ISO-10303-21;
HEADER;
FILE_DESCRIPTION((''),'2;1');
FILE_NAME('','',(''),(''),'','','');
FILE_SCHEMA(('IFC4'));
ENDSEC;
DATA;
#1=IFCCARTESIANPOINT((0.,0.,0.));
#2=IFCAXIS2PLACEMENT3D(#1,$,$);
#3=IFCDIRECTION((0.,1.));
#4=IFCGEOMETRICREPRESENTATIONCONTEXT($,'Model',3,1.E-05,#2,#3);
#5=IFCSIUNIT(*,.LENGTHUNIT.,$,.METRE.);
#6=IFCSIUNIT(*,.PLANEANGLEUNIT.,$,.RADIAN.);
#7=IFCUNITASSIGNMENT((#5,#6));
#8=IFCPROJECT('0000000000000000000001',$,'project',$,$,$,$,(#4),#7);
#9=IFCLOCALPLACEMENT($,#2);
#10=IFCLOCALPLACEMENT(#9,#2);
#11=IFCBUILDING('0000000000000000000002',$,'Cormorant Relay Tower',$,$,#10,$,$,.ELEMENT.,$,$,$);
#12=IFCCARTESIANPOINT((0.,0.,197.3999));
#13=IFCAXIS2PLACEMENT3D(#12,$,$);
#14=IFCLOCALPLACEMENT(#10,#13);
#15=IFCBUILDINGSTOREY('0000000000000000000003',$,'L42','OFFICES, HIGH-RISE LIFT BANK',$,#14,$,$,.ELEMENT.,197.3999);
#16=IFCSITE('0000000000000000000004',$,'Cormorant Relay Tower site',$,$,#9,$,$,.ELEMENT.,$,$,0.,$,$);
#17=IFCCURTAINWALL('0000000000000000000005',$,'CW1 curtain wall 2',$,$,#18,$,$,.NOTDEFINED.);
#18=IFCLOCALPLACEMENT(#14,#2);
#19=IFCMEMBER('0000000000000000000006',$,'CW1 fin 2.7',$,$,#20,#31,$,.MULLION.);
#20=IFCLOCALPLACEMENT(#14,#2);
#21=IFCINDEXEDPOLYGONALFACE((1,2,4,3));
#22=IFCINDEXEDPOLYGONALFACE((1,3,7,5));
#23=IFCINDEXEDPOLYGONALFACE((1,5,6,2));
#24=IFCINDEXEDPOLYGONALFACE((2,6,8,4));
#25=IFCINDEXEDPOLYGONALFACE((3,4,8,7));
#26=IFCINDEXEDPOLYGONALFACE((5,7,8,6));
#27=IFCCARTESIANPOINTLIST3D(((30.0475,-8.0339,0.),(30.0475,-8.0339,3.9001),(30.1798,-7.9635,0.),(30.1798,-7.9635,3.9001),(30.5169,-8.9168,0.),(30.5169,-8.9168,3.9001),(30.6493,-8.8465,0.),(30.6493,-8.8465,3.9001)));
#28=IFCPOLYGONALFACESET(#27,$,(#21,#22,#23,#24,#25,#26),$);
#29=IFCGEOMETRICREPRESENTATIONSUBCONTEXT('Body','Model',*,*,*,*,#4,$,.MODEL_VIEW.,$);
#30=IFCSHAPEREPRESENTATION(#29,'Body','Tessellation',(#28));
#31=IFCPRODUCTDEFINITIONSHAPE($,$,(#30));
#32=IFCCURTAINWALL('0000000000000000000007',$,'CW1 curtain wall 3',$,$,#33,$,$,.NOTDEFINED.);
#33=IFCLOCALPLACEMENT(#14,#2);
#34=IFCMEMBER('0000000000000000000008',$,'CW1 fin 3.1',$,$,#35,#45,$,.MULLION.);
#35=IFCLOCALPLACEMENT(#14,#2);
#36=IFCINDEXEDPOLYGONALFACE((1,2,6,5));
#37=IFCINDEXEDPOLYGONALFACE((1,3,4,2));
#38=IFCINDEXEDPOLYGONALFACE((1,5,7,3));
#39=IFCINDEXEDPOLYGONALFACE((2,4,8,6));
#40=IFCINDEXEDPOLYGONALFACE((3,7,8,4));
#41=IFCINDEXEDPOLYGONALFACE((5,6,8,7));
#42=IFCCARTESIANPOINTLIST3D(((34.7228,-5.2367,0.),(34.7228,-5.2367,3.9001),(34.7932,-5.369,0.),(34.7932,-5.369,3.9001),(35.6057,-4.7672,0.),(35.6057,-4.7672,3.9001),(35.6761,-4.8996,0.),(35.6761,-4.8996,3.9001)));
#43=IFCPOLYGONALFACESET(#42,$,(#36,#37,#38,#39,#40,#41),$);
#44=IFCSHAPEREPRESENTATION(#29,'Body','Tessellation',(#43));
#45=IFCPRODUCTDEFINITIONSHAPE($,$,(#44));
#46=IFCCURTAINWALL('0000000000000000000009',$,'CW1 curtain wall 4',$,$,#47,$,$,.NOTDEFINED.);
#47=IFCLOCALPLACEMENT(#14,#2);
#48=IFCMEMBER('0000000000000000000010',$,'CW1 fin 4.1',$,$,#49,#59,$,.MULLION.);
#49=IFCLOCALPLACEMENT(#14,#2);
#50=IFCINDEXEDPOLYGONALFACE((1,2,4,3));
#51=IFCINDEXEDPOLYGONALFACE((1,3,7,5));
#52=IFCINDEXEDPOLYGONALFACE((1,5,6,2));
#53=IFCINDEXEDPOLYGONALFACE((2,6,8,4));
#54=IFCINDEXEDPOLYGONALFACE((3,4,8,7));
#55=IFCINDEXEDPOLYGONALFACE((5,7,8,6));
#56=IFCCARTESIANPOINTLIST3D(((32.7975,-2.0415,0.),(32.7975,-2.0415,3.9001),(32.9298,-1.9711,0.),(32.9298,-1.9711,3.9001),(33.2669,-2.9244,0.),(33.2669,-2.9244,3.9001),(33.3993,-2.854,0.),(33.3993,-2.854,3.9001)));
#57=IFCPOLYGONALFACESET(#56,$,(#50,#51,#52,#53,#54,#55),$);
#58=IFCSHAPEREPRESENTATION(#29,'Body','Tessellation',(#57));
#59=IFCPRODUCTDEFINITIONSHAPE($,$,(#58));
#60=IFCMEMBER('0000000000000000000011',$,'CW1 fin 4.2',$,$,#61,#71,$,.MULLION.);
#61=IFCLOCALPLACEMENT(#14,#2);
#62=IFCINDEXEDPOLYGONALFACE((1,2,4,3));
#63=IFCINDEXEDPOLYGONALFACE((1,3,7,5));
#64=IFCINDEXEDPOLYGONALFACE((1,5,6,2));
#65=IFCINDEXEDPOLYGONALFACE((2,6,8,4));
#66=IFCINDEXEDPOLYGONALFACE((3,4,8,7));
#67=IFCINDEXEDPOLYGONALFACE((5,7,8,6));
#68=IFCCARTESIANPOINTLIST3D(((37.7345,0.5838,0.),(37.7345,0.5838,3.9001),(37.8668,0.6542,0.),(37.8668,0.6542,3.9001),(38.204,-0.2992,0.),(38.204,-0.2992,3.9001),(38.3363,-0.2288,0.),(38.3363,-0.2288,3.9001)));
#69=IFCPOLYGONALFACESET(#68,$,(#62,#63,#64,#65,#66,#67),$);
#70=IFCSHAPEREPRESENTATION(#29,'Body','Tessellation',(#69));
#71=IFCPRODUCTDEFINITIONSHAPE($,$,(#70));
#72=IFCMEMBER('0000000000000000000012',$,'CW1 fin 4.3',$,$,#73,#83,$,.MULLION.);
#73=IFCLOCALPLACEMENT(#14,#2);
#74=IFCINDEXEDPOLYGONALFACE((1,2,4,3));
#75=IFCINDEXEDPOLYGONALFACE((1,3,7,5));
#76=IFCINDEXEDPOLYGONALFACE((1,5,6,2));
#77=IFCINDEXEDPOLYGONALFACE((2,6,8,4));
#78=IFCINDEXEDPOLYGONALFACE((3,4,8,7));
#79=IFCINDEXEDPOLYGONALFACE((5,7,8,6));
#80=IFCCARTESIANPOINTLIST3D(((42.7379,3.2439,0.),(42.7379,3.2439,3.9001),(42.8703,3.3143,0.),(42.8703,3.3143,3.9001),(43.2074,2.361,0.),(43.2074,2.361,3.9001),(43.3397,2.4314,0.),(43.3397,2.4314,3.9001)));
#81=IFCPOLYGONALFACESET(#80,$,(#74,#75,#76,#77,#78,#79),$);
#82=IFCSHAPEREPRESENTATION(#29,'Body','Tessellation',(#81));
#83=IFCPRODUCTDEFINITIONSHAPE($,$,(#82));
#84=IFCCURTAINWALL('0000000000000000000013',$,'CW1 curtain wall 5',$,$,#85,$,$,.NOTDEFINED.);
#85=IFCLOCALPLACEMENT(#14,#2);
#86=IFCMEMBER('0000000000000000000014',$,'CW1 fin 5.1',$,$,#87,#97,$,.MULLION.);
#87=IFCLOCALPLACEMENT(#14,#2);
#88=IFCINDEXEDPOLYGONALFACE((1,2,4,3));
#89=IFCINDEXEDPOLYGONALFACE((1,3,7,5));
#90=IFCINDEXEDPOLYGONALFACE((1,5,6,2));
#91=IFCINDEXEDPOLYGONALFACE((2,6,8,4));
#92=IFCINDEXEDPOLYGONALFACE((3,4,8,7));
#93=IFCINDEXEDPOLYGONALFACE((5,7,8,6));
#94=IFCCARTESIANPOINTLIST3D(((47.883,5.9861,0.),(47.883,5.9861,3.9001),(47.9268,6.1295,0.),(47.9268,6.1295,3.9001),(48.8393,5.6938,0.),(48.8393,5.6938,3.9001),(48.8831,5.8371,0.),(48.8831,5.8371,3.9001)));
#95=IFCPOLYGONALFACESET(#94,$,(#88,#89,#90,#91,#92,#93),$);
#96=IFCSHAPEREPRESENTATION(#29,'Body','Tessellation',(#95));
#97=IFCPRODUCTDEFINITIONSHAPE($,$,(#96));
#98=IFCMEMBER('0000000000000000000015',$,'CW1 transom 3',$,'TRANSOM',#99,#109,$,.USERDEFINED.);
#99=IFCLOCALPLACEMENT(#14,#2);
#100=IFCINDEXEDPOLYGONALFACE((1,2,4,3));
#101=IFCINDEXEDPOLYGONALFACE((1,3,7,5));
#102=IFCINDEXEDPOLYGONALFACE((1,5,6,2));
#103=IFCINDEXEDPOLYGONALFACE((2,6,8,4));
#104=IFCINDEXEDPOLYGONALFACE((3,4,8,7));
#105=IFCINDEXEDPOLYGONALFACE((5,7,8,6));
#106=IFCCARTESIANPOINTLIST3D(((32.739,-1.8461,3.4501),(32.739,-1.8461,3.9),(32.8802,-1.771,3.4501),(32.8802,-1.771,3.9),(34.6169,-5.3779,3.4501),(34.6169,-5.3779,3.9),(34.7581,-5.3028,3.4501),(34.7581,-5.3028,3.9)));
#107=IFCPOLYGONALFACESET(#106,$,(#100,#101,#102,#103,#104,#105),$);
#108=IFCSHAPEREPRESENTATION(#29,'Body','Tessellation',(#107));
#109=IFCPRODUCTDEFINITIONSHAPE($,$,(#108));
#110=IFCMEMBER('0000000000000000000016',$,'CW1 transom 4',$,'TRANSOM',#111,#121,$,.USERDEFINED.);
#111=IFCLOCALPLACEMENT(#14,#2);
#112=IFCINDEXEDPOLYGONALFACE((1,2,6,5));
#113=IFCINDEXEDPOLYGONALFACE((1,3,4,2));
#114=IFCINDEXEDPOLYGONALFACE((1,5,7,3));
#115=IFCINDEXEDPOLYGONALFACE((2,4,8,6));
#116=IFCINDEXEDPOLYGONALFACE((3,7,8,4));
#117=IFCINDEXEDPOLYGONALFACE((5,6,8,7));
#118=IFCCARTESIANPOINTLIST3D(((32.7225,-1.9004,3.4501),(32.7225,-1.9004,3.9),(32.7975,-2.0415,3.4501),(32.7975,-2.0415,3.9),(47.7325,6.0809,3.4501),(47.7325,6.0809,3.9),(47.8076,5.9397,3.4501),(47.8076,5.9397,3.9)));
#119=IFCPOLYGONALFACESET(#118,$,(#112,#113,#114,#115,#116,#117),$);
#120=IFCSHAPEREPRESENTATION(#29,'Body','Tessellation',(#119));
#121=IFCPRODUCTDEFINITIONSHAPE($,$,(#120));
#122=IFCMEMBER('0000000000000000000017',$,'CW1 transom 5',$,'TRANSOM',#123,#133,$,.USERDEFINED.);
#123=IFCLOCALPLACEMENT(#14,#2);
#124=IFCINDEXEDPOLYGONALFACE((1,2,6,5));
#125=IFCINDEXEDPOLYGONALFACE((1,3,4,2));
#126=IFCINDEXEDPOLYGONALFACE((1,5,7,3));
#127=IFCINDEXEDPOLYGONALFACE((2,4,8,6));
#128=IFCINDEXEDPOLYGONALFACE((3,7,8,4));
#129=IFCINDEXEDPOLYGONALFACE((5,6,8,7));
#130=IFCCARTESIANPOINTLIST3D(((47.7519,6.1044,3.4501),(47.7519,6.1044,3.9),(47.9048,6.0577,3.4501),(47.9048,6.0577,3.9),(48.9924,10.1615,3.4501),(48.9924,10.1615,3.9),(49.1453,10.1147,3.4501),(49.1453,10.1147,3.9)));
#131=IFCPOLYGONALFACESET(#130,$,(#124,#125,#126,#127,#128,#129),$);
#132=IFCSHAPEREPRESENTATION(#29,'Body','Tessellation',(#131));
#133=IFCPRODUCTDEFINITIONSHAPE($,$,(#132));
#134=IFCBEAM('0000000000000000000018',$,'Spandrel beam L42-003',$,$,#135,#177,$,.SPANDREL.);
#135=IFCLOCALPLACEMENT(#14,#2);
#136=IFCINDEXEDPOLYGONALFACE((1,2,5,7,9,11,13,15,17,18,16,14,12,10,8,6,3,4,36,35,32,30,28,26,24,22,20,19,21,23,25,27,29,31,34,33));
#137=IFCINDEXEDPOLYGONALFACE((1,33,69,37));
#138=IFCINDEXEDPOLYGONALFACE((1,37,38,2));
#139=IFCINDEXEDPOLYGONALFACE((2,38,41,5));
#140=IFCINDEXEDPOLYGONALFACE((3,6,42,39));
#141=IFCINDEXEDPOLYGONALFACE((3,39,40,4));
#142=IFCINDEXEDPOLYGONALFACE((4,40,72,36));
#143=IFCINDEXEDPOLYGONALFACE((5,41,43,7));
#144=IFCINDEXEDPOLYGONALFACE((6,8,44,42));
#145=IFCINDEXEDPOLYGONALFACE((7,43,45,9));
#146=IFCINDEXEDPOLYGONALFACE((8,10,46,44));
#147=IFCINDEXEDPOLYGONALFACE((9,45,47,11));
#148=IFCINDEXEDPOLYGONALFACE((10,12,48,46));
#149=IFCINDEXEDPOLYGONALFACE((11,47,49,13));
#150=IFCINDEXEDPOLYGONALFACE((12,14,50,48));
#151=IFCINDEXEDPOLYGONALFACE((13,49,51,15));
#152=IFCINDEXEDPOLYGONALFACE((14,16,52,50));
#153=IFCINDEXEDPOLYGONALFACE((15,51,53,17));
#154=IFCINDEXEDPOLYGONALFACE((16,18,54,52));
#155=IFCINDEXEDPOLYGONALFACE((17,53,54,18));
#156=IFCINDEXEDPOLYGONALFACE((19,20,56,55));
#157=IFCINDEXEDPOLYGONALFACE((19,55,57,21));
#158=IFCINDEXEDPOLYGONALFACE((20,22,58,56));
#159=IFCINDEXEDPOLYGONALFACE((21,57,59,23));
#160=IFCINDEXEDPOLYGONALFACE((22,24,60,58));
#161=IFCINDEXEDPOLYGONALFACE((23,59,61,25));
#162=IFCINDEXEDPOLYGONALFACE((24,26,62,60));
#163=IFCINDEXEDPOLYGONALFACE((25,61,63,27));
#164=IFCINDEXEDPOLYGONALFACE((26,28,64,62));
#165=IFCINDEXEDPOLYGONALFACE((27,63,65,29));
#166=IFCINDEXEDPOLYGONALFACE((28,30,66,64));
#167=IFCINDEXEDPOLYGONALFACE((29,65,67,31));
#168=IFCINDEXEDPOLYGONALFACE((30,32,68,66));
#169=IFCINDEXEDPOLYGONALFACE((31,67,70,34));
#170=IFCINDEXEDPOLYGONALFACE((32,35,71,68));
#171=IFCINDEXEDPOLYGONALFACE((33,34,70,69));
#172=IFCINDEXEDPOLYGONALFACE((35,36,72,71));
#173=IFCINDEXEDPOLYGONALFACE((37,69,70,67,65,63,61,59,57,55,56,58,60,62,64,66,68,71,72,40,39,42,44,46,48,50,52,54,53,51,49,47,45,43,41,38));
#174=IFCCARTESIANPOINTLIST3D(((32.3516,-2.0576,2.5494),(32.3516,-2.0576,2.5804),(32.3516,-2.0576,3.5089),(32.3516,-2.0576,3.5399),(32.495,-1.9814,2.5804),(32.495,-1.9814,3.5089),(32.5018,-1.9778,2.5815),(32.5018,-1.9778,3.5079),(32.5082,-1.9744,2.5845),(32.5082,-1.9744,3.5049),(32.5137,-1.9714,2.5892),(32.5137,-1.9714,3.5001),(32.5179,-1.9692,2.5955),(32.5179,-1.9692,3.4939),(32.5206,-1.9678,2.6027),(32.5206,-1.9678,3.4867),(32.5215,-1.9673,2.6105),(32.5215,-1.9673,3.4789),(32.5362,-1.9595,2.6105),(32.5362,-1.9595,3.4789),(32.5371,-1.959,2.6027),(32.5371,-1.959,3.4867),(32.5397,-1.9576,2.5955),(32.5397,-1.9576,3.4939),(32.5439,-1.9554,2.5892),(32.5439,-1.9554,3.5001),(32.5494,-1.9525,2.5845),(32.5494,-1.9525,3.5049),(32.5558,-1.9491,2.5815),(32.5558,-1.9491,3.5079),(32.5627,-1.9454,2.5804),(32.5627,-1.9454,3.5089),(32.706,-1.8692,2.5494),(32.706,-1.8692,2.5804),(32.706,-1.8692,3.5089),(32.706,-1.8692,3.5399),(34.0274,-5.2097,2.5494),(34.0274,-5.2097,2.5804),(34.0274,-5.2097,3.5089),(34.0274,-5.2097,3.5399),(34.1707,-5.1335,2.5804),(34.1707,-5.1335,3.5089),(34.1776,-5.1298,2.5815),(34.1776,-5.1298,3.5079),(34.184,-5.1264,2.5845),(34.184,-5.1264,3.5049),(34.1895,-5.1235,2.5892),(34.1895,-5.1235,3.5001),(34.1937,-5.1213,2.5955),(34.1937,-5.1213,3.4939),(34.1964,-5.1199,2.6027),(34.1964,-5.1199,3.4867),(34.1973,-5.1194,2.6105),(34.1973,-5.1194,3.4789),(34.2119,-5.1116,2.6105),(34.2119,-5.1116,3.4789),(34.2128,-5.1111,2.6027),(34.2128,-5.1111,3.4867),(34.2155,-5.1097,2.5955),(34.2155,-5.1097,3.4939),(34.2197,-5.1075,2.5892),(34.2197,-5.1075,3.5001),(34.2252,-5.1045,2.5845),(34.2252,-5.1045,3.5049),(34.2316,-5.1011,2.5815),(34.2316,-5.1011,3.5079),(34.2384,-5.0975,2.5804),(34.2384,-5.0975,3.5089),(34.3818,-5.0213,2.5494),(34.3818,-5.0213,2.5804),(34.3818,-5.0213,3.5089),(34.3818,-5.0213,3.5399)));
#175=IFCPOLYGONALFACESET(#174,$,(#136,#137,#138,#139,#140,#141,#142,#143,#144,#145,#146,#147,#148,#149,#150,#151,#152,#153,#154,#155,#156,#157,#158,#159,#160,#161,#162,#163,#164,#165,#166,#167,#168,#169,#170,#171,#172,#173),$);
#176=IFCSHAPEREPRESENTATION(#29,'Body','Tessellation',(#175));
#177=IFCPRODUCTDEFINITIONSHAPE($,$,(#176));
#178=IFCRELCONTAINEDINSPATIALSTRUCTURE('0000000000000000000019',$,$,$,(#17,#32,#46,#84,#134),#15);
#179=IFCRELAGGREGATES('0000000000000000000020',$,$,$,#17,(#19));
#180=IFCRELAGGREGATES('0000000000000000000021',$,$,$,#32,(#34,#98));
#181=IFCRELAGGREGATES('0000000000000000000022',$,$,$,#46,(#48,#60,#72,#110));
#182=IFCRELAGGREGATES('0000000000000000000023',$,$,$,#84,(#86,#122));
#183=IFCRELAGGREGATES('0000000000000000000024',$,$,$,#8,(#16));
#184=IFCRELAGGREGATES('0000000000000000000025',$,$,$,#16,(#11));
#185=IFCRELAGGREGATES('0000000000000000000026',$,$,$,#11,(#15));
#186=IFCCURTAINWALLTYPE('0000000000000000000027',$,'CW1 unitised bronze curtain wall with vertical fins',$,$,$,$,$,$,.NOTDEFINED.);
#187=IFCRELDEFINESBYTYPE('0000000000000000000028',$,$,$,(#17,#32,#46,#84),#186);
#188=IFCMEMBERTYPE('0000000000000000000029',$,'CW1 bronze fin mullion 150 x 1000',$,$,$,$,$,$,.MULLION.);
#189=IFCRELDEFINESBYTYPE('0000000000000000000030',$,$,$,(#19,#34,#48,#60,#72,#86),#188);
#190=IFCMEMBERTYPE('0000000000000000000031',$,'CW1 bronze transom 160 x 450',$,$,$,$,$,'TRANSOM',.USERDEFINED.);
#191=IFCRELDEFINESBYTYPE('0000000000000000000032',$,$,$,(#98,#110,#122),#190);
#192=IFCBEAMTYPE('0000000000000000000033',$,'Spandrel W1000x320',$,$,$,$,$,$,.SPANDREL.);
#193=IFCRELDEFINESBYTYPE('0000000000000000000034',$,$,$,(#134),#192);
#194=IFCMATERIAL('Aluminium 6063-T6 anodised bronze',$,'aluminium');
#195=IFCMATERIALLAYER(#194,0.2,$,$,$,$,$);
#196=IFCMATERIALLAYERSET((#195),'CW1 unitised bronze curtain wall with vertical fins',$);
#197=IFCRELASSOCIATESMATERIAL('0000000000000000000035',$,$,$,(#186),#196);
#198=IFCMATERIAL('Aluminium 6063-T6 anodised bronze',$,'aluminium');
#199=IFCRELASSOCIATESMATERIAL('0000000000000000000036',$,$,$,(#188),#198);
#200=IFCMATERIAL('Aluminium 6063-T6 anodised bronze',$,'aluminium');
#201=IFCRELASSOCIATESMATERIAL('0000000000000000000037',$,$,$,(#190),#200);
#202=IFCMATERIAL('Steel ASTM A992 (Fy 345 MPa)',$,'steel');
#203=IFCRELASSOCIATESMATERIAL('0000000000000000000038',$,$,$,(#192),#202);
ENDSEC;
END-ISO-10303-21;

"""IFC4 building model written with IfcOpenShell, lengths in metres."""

from ifc_helpers import new_model, si_unit, direction, frame, origin, origin_2d, place, context, subcontext, project, spatial, rectangle, i_section, extrude, material, layer, layer_set, material_profile, profile_set, type_object, element, aggregate, save


model = new_model("IFC4")

# Units and contexts
model_context = context("Model", 3, precision=1e-05, world=origin(), true_north=direction((0.0, 1.0)))
body_context = subcontext(model_context, "Body", "Model", "MODEL_VIEW")
ifc_project = project(units=[si_unit("LENGTHUNIT", "METRE"), si_unit("PLANEANGLEUNIT", "RADIAN")], contexts=[model_context])

# Site, building, storey
site_placement = place(None, origin())
site = spatial("IfcSite", under=ifc_project, at=site_placement, Name="Cormorant Relay Tower site", CompositionType="ELEMENT", RefElevation=0.0)
building_placement = place(site_placement, origin())
building = spatial("IfcBuilding", under=site, at=building_placement, Name="Cormorant Relay Tower", CompositionType="ELEMENT")
storey_placement = place(building_placement, frame((0.0, 0.0, 197.3999)))
storey = spatial("IfcBuildingStorey", under=building, at=storey_placement, Name="L42", Description="OFFICES, HIGH-RISE LIFT BANK", CompositionType="ELEMENT", Elevation=197.3999)

# Curtain walls, members
ifc_material_1 = material(Name="Aluminium 6063-T6 anodised bronze", Category="aluminium")
ifc_layer_1 = layer(ifc_material_1, 0.2)
ifc_layer_set_1 = layer_set([ifc_layer_1], Name="CW1 unitised bronze curtain wall with vertical fins")
curtain_wall_type = type_object("IfcCurtainWallType", Name="CW1 unitised bronze curtain wall with vertical fins", PredefinedType="NOTDEFINED", material=ifc_layer_set_1)
curtain_wall_1_placement = place(storey_placement, origin())
curtain_wall_1 = element("IfcCurtainWall", 1, at=curtain_wall_1_placement, inside=storey, type_object=curtain_wall_type, Name="CW1 curtain wall 2", PredefinedType="NOTDEFINED")
ifc_material_2 = material(Name="Aluminium 6063-T6 anodised bronze", Category="aluminium")
ifc_material_profile_1 = material_profile(ifc_material_2, rectangle(XDim=0.1499, YDim=1.0, at=origin_2d()), Name="AL 150x1000")
ifc_profile_set_1 = profile_set([ifc_material_profile_1], Name="Aluminium 6063-T6 anodised bronze")
member_type_1 = type_object("IfcMemberType", Name="CW1 bronze fin mullion 150 x 1000", PredefinedType="MULLION", material=ifc_profile_set_1)
member_1_placement = place(storey_placement, frame((30.3484, -8.4402, 0.0), z_axis=(0.0, 0.0, 1.0), x_axis=(0.882948, 0.469472, 0.0)))
member_1 = element("IfcMember", 2, at=member_1_placement, type_object=member_type_1, Name="CW1 fin 2.7", PredefinedType="MULLION", context=body_context, shape_type="SweptSolid", body=[
    extrude(rectangle(XDim=0.1499, YDim=1.0, at=origin_2d()), origin(), (0.0, 0.0, 1.0), 3.9001),
])
curtain_wall_2_placement = place(storey_placement, origin())
curtain_wall_2 = element("IfcCurtainWall", 3, at=curtain_wall_2_placement, inside=storey, type_object=curtain_wall_type, Name="CW1 curtain wall 3", PredefinedType="NOTDEFINED")
member_2_placement = place(storey_placement, frame((35.1995, -5.0681, 0.0), z_axis=(0.0, 0.0, 1.0), x_axis=(-0.469472, 0.882948, 0.0)))
member_2 = element("IfcMember", 4, at=member_2_placement, type_object=member_type_1, Name="CW1 fin 3.1", PredefinedType="MULLION", context=body_context, shape_type="SweptSolid", body=[
    extrude(rectangle(XDim=0.1499, YDim=1.0, at=origin_2d()), origin(), (0.0, 0.0, 1.0), 3.9001),
])

# Curtain wall, members
curtain_wall_3_placement = place(storey_placement, origin())
curtain_wall_3 = element("IfcCurtainWall", 5, at=curtain_wall_3_placement, inside=storey, type_object=curtain_wall_type, Name="CW1 curtain wall 4", PredefinedType="NOTDEFINED")
member_3_placement = place(storey_placement, frame((33.0984, -2.4478, 0.0), z_axis=(0.0, 0.0, 1.0), x_axis=(0.882948, 0.469472, 0.0)))
member_3 = element("IfcMember", 6, at=member_3_placement, type_object=member_type_1, Name="CW1 fin 4.1", PredefinedType="MULLION", context=body_context, shape_type="SweptSolid", body=[
    extrude(rectangle(XDim=0.1499, YDim=1.0, at=origin_2d()), origin(), (0.0, 0.0, 1.0), 3.9001),
])
member_4_placement = place(storey_placement, frame((38.0354, 0.1775, 0.0), z_axis=(0.0, 0.0, 1.0), x_axis=(0.882948, 0.469472, 0.0)))
member_4 = element("IfcMember", 7, at=member_4_placement, type_object=member_type_1, Name="CW1 fin 4.2", PredefinedType="MULLION", context=body_context, shape_type="SweptSolid", body=[
    extrude(rectangle(XDim=0.1499, YDim=1.0, at=origin_2d()), origin(), (0.0, 0.0, 1.0), 3.9001),
])
member_5_placement = place(storey_placement, frame((43.0388, 2.8376, 0.0), z_axis=(0.0, 0.0, 1.0), x_axis=(0.882948, 0.469472, 0.0)))
member_5 = element("IfcMember", 8, at=member_5_placement, type_object=member_type_1, Name="CW1 fin 4.3", PredefinedType="MULLION", context=body_context, shape_type="SweptSolid", body=[
    extrude(rectangle(XDim=0.1499, YDim=1.0, at=origin_2d()), origin(), (0.0, 0.0, 1.0), 3.9001),
])

# Curtain wall, member
curtain_wall_4_placement = place(storey_placement, origin())
curtain_wall_4 = element("IfcCurtainWall", 9, at=curtain_wall_4_placement, inside=storey, type_object=curtain_wall_type, Name="CW1 curtain wall 5", PredefinedType="NOTDEFINED")
member_6_placement = place(storey_placement, frame((48.3831, 5.9116, 0.0), z_axis=(0.0, 0.0, 1.0), x_axis=(0.292372, 0.956305, 0.0)))
member_6 = element("IfcMember", 10, at=member_6_placement, type_object=member_type_1, Name="CW1 fin 5.1", PredefinedType="MULLION", context=body_context, shape_type="SweptSolid", body=[
    extrude(rectangle(XDim=0.1499, YDim=1.0, at=origin_2d()), origin(), (0.0, 0.0, 1.0), 3.9001),
])

# Members
ifc_material_3 = material(Name="Aluminium 6063-T6 anodised bronze", Category="aluminium")
ifc_material_profile_2 = material_profile(ifc_material_3, rectangle(XDim=0.1599, YDim=0.45, at=origin_2d()), Name="AL 160x450")
ifc_profile_set_2 = profile_set([ifc_material_profile_2], Name="Aluminium 6063-T6 anodised bronze")
member_type_2 = type_object("IfcMemberType", Name="CW1 bronze transom 160 x 450", ElementType="TRANSOM", PredefinedType="USERDEFINED", material=ifc_profile_set_2)
member_7_placement = place(storey_placement, frame((34.6875, -5.3403, 3.675), z_axis=(-0.469485, 0.88294, 0.0), x_axis=(-0.88294, -0.469485, 0.0)))
member_7 = element("IfcMember", 11, at=member_7_placement, type_object=member_type_2, Name="CW1 transom 3", ObjectType="TRANSOM", PredefinedType="USERDEFINED", context=body_context, shape_type="SweptSolid", body=[
    extrude(rectangle(XDim=0.1599, YDim=0.45, at=origin_2d()), origin(), (0.0, 0.0, 1.0), 4.0),
])
member_8_placement = place(storey_placement, frame((32.76, -1.9709, 3.675), z_axis=(0.882942, 0.469482, 0.0), x_axis=(-0.469482, 0.882942, 0.0)))
member_8 = element("IfcMember", 12, at=member_8_placement, type_object=member_type_2, Name="CW1 transom 4", ObjectType="TRANSOM", PredefinedType="USERDEFINED", context=body_context, shape_type="SweptSolid", body=[
    extrude(rectangle(XDim=0.1599, YDim=0.45, at=origin_2d()), origin(), (0.0, 0.0, 1.0), 17.0),
])
member_9_placement = place(storey_placement, frame((47.8284, 6.0811, 3.675), z_axis=(0.292391, 0.956299, 0.0), x_axis=(-0.956299, 0.292391, 0.0)))
member_9 = element("IfcMember", 13, at=member_9_placement, type_object=member_type_2, Name="CW1 transom 5", ObjectType="TRANSOM", PredefinedType="USERDEFINED", context=body_context, shape_type="SweptSolid", body=[
    extrude(rectangle(XDim=0.1599, YDim=0.45, at=origin_2d()), origin(), (0.0, 0.0, 1.0), 4.2424),
])

# Beam
ifc_material_4 = material(Name="Steel ASTM A992 (Fy 345 MPa)", Category="steel")
ifc_material_profile_3 = material_profile(ifc_material_4, i_section(OverallWidth=0.4014, OverallDepth=0.9905, WebThickness=0.0166, FlangeThickness=0.031, FilletRadius=0.03, at=origin_2d()), Name="W1000x320")
ifc_profile_set_3 = profile_set([ifc_material_profile_3], Name="Steel ASTM A992 (Fy 345 MPa)")
beam_type = type_object("IfcBeamType", Name="Spandrel W1000x320", PredefinedType="SPANDREL", material=ifc_profile_set_3)
beam_1_placement = place(storey_placement, frame((34.2046, -5.1155, 3.0447), z_axis=(-0.469424, 0.882973, 0.0), x_axis=(-0.882973, -0.469424, 0.0)))
element("IfcBeam", 14, at=beam_1_placement, inside=storey, type_object=beam_type, Name="Spandrel beam L42-003", PredefinedType="SPANDREL", context=body_context, shape_type="SweptSolid", body=[
    extrude(i_section(OverallWidth=0.4014, OverallDepth=0.9905, WebThickness=0.0166, FlangeThickness=0.031, FilletRadius=0.03, at=origin_2d()), origin(), (0.0, 0.0, 1.0), 3.5698),
])

aggregate(curtain_wall_1, [member_1])

aggregate(curtain_wall_2, [member_2, member_7])
aggregate(curtain_wall_3, [member_3, member_4, member_5, member_8])
aggregate(curtain_wall_4, [member_6, member_9])

save(model, "model.ifc")
